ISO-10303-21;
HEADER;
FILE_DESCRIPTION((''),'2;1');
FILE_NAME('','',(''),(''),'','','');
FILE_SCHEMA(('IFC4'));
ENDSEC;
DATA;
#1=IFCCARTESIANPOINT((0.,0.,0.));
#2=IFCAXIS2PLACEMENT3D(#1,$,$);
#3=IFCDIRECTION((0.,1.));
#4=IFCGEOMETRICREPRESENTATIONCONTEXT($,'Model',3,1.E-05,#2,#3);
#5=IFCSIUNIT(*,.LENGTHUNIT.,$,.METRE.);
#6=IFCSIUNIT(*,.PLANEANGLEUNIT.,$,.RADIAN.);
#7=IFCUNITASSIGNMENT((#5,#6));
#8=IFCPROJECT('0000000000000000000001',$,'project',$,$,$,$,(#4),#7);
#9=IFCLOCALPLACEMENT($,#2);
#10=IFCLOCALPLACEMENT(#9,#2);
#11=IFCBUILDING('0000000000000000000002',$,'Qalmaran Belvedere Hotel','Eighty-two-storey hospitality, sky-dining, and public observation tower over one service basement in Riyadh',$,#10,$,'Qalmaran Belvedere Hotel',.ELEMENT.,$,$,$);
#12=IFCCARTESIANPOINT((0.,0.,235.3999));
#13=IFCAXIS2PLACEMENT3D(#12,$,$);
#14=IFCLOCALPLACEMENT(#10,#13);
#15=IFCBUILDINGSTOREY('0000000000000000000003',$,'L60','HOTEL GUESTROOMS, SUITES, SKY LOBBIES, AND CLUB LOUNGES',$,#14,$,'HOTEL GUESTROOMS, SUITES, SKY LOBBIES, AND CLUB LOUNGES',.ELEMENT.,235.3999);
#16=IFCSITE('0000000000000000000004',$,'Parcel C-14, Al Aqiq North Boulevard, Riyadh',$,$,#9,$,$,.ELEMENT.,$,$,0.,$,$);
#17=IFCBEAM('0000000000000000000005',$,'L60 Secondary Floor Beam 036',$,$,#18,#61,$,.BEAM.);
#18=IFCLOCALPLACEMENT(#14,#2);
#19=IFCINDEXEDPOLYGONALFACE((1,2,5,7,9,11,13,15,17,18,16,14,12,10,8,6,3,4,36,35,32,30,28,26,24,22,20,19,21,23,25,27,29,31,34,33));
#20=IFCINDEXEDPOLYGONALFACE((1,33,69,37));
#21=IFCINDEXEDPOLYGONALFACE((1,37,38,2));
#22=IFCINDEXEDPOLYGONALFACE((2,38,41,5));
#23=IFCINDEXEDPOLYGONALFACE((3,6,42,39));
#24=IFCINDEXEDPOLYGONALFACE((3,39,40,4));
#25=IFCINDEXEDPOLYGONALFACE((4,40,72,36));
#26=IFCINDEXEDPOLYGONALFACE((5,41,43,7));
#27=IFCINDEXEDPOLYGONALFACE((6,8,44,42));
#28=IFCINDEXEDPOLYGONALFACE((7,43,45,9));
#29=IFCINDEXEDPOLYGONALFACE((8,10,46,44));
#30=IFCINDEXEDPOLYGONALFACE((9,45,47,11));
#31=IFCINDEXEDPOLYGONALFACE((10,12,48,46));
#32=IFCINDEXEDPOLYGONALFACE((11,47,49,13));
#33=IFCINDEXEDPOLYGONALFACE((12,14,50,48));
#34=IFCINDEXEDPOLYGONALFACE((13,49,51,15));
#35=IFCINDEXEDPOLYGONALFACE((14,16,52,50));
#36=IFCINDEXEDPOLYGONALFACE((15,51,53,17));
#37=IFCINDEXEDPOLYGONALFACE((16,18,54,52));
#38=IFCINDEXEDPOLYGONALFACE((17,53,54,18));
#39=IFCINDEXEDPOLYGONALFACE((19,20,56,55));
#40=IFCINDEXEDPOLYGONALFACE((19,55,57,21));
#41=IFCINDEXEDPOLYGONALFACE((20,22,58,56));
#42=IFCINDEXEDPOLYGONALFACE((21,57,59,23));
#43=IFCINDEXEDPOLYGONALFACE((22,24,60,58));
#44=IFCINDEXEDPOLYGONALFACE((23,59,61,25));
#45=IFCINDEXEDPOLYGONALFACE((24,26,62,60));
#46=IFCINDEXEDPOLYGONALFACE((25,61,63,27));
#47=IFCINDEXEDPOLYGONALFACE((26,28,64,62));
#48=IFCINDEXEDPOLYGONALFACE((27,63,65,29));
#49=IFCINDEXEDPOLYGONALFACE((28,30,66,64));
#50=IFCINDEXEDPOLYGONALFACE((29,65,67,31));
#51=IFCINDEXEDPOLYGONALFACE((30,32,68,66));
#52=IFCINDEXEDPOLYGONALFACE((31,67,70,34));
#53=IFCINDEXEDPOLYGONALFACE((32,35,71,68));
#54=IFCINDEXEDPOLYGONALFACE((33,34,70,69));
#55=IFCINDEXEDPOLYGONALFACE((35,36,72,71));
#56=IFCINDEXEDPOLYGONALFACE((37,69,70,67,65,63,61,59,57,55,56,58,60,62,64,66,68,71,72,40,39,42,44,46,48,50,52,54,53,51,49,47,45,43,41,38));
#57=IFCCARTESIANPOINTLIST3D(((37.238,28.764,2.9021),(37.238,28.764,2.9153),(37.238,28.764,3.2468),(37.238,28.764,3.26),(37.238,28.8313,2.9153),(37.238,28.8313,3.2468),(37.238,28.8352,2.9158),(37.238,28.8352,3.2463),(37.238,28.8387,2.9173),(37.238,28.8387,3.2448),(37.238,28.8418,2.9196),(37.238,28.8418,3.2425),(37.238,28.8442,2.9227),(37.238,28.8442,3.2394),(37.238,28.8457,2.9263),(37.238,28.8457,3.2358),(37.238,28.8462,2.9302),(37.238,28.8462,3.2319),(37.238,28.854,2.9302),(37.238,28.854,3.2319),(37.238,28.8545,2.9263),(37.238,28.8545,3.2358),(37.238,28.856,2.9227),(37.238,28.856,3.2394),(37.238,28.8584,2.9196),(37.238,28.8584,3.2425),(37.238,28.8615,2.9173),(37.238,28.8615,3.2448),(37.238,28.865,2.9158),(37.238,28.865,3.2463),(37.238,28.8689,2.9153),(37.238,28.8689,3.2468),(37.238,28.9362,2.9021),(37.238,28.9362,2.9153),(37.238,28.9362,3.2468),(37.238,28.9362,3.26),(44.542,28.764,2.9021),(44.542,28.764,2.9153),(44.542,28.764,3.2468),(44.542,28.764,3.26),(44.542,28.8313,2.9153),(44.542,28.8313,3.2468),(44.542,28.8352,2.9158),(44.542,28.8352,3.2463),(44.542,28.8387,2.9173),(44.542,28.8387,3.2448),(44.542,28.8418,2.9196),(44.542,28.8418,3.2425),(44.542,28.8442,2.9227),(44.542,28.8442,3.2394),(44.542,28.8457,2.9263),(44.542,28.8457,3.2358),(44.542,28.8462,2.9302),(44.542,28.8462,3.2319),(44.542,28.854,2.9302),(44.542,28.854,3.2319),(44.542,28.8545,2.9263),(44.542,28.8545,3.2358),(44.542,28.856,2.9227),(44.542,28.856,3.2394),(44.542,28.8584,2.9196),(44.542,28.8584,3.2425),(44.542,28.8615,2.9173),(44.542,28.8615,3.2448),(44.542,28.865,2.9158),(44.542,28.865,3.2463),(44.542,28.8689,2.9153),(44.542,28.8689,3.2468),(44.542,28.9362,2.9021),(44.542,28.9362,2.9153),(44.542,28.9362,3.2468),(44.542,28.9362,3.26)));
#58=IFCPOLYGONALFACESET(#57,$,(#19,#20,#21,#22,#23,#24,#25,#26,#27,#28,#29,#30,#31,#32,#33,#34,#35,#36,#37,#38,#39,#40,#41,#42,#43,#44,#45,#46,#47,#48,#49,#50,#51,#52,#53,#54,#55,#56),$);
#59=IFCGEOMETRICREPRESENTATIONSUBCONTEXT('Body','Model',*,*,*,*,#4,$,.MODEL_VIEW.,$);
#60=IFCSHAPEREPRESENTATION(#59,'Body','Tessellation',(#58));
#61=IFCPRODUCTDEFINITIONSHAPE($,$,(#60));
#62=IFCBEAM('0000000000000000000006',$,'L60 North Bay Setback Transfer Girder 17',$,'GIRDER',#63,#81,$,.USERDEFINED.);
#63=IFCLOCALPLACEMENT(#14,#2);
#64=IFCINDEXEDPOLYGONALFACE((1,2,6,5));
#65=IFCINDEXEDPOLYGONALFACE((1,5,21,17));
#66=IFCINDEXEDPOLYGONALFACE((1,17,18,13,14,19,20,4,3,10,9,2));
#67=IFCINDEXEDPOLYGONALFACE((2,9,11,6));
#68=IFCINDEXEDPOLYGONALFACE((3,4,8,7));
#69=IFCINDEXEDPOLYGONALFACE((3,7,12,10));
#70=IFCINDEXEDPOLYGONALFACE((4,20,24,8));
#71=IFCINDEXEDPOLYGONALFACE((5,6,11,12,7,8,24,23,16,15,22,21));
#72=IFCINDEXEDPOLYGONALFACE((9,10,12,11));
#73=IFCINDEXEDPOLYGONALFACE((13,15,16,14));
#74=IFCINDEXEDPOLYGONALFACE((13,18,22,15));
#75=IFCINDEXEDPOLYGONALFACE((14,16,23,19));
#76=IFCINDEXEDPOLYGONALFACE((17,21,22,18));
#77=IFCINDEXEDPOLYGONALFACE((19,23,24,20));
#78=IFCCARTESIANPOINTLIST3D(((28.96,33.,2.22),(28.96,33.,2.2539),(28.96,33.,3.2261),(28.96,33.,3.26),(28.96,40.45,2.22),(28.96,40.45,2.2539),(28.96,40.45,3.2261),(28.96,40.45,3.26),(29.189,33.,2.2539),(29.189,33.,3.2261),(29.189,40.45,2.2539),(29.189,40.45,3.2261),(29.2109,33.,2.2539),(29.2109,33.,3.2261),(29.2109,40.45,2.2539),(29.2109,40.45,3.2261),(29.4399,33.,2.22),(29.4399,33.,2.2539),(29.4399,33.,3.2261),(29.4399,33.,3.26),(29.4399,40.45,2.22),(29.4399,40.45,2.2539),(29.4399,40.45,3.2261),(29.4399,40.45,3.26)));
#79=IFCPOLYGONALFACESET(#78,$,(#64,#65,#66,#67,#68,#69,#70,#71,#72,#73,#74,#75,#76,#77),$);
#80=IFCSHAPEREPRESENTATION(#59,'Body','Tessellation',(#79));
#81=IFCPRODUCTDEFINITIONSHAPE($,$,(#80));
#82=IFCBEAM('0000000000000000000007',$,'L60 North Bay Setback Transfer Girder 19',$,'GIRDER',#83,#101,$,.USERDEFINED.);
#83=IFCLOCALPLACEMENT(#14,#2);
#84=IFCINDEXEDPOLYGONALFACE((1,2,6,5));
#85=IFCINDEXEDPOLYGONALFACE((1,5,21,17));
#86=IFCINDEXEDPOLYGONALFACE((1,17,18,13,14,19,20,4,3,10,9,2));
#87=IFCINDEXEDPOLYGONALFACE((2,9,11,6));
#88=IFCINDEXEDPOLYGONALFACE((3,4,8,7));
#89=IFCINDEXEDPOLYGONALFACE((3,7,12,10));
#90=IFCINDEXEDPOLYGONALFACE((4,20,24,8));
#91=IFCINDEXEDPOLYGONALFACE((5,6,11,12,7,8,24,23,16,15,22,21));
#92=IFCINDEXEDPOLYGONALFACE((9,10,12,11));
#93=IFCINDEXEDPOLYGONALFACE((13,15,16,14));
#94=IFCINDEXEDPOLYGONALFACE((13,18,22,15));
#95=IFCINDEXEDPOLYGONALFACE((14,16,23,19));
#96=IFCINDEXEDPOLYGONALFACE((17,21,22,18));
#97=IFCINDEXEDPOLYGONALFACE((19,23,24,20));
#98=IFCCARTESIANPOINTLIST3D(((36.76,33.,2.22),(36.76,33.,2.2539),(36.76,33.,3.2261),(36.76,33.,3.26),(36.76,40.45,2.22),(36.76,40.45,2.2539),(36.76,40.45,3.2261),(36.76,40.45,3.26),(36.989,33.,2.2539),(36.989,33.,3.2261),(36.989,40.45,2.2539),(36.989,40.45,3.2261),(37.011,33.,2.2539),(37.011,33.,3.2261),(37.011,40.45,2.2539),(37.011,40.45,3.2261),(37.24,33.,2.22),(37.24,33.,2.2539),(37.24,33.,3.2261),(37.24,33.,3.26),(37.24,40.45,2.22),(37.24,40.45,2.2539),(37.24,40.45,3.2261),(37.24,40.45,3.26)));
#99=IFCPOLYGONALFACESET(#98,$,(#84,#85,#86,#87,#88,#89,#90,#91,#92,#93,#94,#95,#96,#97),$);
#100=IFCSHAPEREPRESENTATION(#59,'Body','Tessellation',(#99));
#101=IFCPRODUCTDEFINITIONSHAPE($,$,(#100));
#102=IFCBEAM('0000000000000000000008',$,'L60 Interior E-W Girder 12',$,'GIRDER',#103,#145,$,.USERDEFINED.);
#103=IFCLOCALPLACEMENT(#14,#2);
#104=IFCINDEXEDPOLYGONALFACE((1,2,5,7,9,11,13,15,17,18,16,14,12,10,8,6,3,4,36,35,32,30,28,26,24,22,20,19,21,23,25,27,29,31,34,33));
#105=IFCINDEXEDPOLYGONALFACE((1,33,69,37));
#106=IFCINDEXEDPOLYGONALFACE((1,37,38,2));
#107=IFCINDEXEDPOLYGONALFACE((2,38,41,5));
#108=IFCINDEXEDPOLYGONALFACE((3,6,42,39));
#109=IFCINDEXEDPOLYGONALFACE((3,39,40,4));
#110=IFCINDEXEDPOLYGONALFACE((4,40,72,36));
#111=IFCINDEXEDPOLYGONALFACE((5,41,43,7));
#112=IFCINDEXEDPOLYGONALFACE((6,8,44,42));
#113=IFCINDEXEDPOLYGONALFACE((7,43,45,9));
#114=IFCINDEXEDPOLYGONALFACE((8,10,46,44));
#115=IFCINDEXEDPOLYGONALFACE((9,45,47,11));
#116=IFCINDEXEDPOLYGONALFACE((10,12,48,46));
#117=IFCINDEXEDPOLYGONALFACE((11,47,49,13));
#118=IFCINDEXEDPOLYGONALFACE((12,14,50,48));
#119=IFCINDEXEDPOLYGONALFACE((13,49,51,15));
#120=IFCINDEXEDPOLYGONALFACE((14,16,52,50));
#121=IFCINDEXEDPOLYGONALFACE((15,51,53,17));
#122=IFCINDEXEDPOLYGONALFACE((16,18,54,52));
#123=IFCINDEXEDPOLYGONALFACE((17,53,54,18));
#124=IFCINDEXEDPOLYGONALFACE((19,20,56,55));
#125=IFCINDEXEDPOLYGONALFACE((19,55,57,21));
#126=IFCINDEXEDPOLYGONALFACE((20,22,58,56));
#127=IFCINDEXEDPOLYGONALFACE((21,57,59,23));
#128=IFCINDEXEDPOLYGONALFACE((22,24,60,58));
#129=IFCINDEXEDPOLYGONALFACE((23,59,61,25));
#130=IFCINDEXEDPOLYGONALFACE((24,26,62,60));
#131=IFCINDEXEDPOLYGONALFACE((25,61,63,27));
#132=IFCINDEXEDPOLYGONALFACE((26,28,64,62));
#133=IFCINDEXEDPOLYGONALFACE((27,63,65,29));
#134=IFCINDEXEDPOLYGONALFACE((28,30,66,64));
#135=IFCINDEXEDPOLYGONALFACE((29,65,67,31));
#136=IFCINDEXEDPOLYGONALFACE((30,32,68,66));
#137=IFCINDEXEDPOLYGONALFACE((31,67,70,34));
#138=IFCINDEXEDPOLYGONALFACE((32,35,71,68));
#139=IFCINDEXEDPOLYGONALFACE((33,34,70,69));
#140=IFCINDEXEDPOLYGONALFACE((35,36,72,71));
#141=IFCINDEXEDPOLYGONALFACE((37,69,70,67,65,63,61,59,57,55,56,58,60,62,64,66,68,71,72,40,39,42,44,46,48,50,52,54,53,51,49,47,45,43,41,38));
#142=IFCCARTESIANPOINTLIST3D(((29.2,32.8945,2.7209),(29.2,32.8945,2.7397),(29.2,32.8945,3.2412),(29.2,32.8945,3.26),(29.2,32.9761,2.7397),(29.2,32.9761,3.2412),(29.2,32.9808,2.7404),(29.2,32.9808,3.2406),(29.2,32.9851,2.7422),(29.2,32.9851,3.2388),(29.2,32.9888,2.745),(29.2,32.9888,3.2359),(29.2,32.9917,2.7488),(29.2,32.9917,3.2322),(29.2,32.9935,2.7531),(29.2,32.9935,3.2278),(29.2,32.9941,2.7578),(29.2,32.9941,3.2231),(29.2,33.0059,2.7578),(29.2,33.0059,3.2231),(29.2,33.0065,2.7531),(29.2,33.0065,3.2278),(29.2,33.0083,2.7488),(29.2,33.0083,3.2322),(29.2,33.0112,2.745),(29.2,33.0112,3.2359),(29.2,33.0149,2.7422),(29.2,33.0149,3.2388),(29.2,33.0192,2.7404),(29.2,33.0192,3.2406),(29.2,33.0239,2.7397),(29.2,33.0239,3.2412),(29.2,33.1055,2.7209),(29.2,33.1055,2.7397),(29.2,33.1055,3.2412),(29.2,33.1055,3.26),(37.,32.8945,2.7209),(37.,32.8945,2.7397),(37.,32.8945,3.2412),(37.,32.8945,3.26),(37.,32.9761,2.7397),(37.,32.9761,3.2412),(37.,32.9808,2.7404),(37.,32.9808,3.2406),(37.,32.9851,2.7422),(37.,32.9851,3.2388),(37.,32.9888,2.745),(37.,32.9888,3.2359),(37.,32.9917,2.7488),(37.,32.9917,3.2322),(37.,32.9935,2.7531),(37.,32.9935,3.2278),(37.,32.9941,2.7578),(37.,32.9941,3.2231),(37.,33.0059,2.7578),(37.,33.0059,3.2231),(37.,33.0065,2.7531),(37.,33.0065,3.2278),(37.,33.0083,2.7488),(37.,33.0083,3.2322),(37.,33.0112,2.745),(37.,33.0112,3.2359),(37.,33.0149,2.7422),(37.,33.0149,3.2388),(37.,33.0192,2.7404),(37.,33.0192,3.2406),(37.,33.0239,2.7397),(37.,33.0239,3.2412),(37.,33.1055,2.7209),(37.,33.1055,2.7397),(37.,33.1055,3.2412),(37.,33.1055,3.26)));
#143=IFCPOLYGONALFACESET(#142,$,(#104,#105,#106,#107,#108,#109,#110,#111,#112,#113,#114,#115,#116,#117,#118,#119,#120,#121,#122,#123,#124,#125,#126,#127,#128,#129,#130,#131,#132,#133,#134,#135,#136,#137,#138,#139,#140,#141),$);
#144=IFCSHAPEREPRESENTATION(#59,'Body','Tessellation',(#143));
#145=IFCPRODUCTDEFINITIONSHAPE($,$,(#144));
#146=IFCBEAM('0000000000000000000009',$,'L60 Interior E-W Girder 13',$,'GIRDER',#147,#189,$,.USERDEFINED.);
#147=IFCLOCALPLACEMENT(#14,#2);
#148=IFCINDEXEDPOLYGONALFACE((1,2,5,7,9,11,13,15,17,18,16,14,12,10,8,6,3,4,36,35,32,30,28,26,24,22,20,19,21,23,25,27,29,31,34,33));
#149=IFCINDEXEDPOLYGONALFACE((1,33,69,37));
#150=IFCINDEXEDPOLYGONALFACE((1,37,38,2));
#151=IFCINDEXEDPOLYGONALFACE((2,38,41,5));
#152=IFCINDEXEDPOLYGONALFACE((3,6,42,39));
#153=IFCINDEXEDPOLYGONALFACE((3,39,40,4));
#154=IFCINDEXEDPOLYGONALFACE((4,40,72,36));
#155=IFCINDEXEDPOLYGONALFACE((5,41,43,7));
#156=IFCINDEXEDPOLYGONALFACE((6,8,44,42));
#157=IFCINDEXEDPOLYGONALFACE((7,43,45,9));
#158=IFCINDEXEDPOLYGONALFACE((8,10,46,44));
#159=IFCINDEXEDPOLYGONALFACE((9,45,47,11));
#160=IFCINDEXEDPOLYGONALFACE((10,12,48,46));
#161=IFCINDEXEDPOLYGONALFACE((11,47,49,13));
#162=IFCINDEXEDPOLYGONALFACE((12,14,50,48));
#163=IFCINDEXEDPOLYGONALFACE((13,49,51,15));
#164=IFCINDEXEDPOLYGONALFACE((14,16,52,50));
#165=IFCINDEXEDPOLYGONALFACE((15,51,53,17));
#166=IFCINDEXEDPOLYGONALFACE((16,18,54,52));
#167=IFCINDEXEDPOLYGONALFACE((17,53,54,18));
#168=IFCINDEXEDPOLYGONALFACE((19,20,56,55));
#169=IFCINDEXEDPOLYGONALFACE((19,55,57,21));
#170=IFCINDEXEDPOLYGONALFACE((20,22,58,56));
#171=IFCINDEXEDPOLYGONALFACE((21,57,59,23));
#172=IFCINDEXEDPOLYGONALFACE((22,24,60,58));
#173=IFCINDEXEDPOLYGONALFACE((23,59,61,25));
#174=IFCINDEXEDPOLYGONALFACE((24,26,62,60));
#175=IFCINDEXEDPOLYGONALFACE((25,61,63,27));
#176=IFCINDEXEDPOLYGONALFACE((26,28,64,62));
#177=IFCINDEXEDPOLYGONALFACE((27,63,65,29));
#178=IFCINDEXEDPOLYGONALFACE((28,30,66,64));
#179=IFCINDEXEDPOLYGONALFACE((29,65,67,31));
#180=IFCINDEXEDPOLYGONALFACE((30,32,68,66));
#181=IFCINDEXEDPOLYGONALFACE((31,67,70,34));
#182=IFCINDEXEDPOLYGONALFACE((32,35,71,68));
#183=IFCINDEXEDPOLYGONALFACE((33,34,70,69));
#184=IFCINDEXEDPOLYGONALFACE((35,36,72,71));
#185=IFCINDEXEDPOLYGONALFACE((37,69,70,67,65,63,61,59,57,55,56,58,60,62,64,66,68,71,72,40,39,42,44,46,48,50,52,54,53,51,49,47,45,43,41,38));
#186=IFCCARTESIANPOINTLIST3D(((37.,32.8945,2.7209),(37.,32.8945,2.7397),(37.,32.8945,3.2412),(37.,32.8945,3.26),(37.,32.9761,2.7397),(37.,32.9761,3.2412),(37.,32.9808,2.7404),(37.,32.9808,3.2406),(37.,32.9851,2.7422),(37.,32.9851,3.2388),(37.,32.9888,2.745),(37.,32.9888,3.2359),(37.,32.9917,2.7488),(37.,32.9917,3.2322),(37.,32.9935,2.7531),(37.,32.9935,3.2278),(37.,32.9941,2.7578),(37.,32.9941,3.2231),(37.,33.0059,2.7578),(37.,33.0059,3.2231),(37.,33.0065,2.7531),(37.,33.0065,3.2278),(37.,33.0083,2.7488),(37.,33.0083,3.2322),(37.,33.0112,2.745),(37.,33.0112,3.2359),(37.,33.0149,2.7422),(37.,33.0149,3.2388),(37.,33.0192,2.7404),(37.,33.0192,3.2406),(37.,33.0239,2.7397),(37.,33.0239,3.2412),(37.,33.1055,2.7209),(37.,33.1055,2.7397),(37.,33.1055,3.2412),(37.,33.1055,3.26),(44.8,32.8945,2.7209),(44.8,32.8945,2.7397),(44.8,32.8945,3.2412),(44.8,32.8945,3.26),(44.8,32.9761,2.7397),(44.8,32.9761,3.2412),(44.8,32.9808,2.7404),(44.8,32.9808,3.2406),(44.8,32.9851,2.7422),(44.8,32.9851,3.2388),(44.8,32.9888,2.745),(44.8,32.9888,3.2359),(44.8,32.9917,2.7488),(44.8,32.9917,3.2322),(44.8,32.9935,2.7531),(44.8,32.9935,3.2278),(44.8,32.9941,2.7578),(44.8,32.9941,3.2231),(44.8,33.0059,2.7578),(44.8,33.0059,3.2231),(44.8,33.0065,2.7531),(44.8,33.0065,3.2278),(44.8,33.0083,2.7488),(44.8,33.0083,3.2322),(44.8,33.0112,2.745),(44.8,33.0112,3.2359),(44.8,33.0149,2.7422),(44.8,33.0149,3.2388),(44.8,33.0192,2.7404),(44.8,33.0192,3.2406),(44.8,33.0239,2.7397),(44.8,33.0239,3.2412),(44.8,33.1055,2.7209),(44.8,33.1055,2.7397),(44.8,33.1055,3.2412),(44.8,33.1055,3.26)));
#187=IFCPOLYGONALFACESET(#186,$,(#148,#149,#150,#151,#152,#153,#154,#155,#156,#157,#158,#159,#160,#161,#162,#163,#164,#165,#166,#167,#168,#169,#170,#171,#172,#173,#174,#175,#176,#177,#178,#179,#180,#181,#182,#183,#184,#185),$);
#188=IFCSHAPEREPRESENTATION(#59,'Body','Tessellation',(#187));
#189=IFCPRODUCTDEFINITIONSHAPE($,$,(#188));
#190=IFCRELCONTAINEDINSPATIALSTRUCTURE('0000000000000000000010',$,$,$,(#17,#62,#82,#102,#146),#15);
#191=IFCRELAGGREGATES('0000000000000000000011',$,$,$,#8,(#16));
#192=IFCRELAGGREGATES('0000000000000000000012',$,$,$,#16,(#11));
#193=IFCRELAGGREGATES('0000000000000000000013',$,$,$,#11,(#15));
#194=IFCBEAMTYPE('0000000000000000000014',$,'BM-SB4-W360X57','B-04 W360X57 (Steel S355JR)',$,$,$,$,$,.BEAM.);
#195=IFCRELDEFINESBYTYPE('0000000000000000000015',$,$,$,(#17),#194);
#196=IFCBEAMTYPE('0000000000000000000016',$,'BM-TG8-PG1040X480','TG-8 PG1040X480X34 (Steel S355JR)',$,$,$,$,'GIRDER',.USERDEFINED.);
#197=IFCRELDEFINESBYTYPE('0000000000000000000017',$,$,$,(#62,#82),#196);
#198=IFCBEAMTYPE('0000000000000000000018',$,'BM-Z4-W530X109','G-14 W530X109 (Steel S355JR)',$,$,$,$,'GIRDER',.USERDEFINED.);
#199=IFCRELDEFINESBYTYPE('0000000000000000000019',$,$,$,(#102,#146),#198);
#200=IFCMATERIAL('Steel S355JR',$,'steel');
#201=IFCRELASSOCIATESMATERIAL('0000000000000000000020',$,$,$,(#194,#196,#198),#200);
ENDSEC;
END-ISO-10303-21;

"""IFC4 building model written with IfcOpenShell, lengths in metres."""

from ifc_helpers import new_model, si_unit, direction, frame, origin, origin_2d, place, context, subcontext, project, spatial, i_section, extrude, material, material_profile, profile_set, type_object, element, save


model = new_model("IFC4")

# Units and contexts
model_context = context("Model", 3, precision=1e-05, world=origin(), true_north=direction((0.0, 1.0)))
body_context = subcontext(model_context, "Body", "Model", "MODEL_VIEW")
ifc_project = project(units=[si_unit("LENGTHUNIT", "METRE"), si_unit("PLANEANGLEUNIT", "RADIAN")], contexts=[model_context])

# Site, building, storey
site_placement = place(None, origin())
site = spatial("IfcSite", under=ifc_project, at=site_placement, Name="Parcel C-14, Al Aqiq North Boulevard, Riyadh", CompositionType="ELEMENT", RefElevation=0.0)
building_placement = place(site_placement, origin())
building = spatial("IfcBuilding", under=site, at=building_placement, Name="Qalmaran Belvedere Hotel", Description="Eighty-two-storey hospitality, sky-dining, and public observation tower over one service basement in Riyadh", LongName="Qalmaran Belvedere Hotel", CompositionType="ELEMENT")
storey_placement = place(building_placement, frame((0.0, 0.0, 235.3999)))
storey = spatial("IfcBuildingStorey", under=building, at=storey_placement, Name="L60", Description="HOTEL GUESTROOMS, SUITES, SKY LOBBIES, AND CLUB LOUNGES", LongName="HOTEL GUESTROOMS, SUITES, SKY LOBBIES, AND CLUB LOUNGES", CompositionType="ELEMENT", Elevation=235.3999)

# Beams
ifc_material_1 = material(Name="Steel S355JR", Category="steel")
ifc_material_profile_1 = material_profile(ifc_material_1, i_section(OverallWidth=0.1721, OverallDepth=0.3579, WebThickness=0.0078, FlangeThickness=0.0132, FilletRadius=0.0149, at=origin_2d()), Name="W360X57")
ifc_profile_set_1 = profile_set([ifc_material_profile_1], Name="Steel S355JR")
beam_type_1 = type_object("IfcBeamType", Name="BM-SB4-W360X57", Description="B-04 W360X57 (Steel S355JR)", PredefinedType="BEAM", material=ifc_profile_set_1)
beam_1_placement = place(storey_placement, frame((37.238, 28.8501, 3.0811), z_axis=(1.0, 0.0, 0.0), x_axis=(0.0, 1.0, 0.0)))
element("IfcBeam", 1, at=beam_1_placement, inside=storey, type_object=beam_type_1, Name="L60 Secondary Floor Beam 036", PredefinedType="BEAM", context=body_context, shape_type="SweptSolid", body=[
    extrude(i_section(OverallWidth=0.1721, OverallDepth=0.3579, WebThickness=0.0078, FlangeThickness=0.0132, FilletRadius=0.0149, at=origin_2d()), origin(), (0.0, 0.0, 1.0), 7.304),
])
ifc_material_profile_2 = material_profile(ifc_material_1, i_section(OverallWidth=0.48, OverallDepth=1.04, WebThickness=0.022, FlangeThickness=0.0339, at=origin_2d()), Name="PG1040X480X34")
ifc_profile_set_2 = profile_set([ifc_material_profile_2], Name="Steel S355JR")
beam_type_2 = type_object("IfcBeamType", Name="BM-TG8-PG1040X480", Description="TG-8 PG1040X480X34 (Steel S355JR)", ElementType="GIRDER", PredefinedType="USERDEFINED", material=ifc_profile_set_2)
for number, where, z_axis, x_axis, name in (
    (2, (29.2, 33.0, 2.74), (0.0, 1.0, 0.0), (-1.0, 0.0, 0.0), "L60 North Bay Setback Transfer Girder 17"),
    (3, (37.0, 33.0, 2.74), (0.0, 1.0, 0.0), (-1.0, 0.0, 0.0), "L60 North Bay Setback Transfer Girder 19"),
):
    element("IfcBeam", number, at=place(storey_placement, frame(where, z_axis=z_axis, x_axis=x_axis)), inside=storey, type_object=beam_type_2, Name=name, ObjectType="GIRDER", PredefinedType="USERDEFINED", context=body_context, shape_type="SweptSolid", body=[
        extrude(i_section(OverallWidth=0.48, OverallDepth=1.04, WebThickness=0.022, FlangeThickness=0.0339, at=origin_2d()), origin(), (0.0, 0.0, 1.0), 7.45),
    ])
ifc_material_profile_3 = material_profile(ifc_material_1, i_section(OverallWidth=0.2109, OverallDepth=0.5391, WebThickness=0.0117, FlangeThickness=0.0188, FilletRadius=0.0181, at=origin_2d()), Name="W530X109")
ifc_profile_set_3 = profile_set([ifc_material_profile_3], Name="Steel S355JR")
beam_type_3 = type_object("IfcBeamType", Name="BM-Z4-W530X109", Description="G-14 W530X109 (Steel S355JR)", ElementType="GIRDER", PredefinedType="USERDEFINED", material=ifc_profile_set_3)
for number, where, z_axis, x_axis, name in (
    (4, (29.2, 33.0, 2.9905), (1.0, 0.0, 0.0), (0.0, 1.0, 0.0), "L60 Interior E-W Girder 12"),
    (5, (37.0, 33.0, 2.9905), (1.0, 0.0, 0.0), (0.0, 1.0, 0.0), "L60 Interior E-W Girder 13"),
):
    element("IfcBeam", number, at=place(storey_placement, frame(where, z_axis=z_axis, x_axis=x_axis)), inside=storey, type_object=beam_type_3, Name=name, ObjectType="GIRDER", PredefinedType="USERDEFINED", context=body_context, shape_type="SweptSolid", body=[
        extrude(i_section(OverallWidth=0.2109, OverallDepth=0.5391, WebThickness=0.0117, FlangeThickness=0.0188, FilletRadius=0.0181, at=origin_2d()), origin(), (0.0, 0.0, 1.0), 7.8),
    ])

save(model, "model.ifc")
